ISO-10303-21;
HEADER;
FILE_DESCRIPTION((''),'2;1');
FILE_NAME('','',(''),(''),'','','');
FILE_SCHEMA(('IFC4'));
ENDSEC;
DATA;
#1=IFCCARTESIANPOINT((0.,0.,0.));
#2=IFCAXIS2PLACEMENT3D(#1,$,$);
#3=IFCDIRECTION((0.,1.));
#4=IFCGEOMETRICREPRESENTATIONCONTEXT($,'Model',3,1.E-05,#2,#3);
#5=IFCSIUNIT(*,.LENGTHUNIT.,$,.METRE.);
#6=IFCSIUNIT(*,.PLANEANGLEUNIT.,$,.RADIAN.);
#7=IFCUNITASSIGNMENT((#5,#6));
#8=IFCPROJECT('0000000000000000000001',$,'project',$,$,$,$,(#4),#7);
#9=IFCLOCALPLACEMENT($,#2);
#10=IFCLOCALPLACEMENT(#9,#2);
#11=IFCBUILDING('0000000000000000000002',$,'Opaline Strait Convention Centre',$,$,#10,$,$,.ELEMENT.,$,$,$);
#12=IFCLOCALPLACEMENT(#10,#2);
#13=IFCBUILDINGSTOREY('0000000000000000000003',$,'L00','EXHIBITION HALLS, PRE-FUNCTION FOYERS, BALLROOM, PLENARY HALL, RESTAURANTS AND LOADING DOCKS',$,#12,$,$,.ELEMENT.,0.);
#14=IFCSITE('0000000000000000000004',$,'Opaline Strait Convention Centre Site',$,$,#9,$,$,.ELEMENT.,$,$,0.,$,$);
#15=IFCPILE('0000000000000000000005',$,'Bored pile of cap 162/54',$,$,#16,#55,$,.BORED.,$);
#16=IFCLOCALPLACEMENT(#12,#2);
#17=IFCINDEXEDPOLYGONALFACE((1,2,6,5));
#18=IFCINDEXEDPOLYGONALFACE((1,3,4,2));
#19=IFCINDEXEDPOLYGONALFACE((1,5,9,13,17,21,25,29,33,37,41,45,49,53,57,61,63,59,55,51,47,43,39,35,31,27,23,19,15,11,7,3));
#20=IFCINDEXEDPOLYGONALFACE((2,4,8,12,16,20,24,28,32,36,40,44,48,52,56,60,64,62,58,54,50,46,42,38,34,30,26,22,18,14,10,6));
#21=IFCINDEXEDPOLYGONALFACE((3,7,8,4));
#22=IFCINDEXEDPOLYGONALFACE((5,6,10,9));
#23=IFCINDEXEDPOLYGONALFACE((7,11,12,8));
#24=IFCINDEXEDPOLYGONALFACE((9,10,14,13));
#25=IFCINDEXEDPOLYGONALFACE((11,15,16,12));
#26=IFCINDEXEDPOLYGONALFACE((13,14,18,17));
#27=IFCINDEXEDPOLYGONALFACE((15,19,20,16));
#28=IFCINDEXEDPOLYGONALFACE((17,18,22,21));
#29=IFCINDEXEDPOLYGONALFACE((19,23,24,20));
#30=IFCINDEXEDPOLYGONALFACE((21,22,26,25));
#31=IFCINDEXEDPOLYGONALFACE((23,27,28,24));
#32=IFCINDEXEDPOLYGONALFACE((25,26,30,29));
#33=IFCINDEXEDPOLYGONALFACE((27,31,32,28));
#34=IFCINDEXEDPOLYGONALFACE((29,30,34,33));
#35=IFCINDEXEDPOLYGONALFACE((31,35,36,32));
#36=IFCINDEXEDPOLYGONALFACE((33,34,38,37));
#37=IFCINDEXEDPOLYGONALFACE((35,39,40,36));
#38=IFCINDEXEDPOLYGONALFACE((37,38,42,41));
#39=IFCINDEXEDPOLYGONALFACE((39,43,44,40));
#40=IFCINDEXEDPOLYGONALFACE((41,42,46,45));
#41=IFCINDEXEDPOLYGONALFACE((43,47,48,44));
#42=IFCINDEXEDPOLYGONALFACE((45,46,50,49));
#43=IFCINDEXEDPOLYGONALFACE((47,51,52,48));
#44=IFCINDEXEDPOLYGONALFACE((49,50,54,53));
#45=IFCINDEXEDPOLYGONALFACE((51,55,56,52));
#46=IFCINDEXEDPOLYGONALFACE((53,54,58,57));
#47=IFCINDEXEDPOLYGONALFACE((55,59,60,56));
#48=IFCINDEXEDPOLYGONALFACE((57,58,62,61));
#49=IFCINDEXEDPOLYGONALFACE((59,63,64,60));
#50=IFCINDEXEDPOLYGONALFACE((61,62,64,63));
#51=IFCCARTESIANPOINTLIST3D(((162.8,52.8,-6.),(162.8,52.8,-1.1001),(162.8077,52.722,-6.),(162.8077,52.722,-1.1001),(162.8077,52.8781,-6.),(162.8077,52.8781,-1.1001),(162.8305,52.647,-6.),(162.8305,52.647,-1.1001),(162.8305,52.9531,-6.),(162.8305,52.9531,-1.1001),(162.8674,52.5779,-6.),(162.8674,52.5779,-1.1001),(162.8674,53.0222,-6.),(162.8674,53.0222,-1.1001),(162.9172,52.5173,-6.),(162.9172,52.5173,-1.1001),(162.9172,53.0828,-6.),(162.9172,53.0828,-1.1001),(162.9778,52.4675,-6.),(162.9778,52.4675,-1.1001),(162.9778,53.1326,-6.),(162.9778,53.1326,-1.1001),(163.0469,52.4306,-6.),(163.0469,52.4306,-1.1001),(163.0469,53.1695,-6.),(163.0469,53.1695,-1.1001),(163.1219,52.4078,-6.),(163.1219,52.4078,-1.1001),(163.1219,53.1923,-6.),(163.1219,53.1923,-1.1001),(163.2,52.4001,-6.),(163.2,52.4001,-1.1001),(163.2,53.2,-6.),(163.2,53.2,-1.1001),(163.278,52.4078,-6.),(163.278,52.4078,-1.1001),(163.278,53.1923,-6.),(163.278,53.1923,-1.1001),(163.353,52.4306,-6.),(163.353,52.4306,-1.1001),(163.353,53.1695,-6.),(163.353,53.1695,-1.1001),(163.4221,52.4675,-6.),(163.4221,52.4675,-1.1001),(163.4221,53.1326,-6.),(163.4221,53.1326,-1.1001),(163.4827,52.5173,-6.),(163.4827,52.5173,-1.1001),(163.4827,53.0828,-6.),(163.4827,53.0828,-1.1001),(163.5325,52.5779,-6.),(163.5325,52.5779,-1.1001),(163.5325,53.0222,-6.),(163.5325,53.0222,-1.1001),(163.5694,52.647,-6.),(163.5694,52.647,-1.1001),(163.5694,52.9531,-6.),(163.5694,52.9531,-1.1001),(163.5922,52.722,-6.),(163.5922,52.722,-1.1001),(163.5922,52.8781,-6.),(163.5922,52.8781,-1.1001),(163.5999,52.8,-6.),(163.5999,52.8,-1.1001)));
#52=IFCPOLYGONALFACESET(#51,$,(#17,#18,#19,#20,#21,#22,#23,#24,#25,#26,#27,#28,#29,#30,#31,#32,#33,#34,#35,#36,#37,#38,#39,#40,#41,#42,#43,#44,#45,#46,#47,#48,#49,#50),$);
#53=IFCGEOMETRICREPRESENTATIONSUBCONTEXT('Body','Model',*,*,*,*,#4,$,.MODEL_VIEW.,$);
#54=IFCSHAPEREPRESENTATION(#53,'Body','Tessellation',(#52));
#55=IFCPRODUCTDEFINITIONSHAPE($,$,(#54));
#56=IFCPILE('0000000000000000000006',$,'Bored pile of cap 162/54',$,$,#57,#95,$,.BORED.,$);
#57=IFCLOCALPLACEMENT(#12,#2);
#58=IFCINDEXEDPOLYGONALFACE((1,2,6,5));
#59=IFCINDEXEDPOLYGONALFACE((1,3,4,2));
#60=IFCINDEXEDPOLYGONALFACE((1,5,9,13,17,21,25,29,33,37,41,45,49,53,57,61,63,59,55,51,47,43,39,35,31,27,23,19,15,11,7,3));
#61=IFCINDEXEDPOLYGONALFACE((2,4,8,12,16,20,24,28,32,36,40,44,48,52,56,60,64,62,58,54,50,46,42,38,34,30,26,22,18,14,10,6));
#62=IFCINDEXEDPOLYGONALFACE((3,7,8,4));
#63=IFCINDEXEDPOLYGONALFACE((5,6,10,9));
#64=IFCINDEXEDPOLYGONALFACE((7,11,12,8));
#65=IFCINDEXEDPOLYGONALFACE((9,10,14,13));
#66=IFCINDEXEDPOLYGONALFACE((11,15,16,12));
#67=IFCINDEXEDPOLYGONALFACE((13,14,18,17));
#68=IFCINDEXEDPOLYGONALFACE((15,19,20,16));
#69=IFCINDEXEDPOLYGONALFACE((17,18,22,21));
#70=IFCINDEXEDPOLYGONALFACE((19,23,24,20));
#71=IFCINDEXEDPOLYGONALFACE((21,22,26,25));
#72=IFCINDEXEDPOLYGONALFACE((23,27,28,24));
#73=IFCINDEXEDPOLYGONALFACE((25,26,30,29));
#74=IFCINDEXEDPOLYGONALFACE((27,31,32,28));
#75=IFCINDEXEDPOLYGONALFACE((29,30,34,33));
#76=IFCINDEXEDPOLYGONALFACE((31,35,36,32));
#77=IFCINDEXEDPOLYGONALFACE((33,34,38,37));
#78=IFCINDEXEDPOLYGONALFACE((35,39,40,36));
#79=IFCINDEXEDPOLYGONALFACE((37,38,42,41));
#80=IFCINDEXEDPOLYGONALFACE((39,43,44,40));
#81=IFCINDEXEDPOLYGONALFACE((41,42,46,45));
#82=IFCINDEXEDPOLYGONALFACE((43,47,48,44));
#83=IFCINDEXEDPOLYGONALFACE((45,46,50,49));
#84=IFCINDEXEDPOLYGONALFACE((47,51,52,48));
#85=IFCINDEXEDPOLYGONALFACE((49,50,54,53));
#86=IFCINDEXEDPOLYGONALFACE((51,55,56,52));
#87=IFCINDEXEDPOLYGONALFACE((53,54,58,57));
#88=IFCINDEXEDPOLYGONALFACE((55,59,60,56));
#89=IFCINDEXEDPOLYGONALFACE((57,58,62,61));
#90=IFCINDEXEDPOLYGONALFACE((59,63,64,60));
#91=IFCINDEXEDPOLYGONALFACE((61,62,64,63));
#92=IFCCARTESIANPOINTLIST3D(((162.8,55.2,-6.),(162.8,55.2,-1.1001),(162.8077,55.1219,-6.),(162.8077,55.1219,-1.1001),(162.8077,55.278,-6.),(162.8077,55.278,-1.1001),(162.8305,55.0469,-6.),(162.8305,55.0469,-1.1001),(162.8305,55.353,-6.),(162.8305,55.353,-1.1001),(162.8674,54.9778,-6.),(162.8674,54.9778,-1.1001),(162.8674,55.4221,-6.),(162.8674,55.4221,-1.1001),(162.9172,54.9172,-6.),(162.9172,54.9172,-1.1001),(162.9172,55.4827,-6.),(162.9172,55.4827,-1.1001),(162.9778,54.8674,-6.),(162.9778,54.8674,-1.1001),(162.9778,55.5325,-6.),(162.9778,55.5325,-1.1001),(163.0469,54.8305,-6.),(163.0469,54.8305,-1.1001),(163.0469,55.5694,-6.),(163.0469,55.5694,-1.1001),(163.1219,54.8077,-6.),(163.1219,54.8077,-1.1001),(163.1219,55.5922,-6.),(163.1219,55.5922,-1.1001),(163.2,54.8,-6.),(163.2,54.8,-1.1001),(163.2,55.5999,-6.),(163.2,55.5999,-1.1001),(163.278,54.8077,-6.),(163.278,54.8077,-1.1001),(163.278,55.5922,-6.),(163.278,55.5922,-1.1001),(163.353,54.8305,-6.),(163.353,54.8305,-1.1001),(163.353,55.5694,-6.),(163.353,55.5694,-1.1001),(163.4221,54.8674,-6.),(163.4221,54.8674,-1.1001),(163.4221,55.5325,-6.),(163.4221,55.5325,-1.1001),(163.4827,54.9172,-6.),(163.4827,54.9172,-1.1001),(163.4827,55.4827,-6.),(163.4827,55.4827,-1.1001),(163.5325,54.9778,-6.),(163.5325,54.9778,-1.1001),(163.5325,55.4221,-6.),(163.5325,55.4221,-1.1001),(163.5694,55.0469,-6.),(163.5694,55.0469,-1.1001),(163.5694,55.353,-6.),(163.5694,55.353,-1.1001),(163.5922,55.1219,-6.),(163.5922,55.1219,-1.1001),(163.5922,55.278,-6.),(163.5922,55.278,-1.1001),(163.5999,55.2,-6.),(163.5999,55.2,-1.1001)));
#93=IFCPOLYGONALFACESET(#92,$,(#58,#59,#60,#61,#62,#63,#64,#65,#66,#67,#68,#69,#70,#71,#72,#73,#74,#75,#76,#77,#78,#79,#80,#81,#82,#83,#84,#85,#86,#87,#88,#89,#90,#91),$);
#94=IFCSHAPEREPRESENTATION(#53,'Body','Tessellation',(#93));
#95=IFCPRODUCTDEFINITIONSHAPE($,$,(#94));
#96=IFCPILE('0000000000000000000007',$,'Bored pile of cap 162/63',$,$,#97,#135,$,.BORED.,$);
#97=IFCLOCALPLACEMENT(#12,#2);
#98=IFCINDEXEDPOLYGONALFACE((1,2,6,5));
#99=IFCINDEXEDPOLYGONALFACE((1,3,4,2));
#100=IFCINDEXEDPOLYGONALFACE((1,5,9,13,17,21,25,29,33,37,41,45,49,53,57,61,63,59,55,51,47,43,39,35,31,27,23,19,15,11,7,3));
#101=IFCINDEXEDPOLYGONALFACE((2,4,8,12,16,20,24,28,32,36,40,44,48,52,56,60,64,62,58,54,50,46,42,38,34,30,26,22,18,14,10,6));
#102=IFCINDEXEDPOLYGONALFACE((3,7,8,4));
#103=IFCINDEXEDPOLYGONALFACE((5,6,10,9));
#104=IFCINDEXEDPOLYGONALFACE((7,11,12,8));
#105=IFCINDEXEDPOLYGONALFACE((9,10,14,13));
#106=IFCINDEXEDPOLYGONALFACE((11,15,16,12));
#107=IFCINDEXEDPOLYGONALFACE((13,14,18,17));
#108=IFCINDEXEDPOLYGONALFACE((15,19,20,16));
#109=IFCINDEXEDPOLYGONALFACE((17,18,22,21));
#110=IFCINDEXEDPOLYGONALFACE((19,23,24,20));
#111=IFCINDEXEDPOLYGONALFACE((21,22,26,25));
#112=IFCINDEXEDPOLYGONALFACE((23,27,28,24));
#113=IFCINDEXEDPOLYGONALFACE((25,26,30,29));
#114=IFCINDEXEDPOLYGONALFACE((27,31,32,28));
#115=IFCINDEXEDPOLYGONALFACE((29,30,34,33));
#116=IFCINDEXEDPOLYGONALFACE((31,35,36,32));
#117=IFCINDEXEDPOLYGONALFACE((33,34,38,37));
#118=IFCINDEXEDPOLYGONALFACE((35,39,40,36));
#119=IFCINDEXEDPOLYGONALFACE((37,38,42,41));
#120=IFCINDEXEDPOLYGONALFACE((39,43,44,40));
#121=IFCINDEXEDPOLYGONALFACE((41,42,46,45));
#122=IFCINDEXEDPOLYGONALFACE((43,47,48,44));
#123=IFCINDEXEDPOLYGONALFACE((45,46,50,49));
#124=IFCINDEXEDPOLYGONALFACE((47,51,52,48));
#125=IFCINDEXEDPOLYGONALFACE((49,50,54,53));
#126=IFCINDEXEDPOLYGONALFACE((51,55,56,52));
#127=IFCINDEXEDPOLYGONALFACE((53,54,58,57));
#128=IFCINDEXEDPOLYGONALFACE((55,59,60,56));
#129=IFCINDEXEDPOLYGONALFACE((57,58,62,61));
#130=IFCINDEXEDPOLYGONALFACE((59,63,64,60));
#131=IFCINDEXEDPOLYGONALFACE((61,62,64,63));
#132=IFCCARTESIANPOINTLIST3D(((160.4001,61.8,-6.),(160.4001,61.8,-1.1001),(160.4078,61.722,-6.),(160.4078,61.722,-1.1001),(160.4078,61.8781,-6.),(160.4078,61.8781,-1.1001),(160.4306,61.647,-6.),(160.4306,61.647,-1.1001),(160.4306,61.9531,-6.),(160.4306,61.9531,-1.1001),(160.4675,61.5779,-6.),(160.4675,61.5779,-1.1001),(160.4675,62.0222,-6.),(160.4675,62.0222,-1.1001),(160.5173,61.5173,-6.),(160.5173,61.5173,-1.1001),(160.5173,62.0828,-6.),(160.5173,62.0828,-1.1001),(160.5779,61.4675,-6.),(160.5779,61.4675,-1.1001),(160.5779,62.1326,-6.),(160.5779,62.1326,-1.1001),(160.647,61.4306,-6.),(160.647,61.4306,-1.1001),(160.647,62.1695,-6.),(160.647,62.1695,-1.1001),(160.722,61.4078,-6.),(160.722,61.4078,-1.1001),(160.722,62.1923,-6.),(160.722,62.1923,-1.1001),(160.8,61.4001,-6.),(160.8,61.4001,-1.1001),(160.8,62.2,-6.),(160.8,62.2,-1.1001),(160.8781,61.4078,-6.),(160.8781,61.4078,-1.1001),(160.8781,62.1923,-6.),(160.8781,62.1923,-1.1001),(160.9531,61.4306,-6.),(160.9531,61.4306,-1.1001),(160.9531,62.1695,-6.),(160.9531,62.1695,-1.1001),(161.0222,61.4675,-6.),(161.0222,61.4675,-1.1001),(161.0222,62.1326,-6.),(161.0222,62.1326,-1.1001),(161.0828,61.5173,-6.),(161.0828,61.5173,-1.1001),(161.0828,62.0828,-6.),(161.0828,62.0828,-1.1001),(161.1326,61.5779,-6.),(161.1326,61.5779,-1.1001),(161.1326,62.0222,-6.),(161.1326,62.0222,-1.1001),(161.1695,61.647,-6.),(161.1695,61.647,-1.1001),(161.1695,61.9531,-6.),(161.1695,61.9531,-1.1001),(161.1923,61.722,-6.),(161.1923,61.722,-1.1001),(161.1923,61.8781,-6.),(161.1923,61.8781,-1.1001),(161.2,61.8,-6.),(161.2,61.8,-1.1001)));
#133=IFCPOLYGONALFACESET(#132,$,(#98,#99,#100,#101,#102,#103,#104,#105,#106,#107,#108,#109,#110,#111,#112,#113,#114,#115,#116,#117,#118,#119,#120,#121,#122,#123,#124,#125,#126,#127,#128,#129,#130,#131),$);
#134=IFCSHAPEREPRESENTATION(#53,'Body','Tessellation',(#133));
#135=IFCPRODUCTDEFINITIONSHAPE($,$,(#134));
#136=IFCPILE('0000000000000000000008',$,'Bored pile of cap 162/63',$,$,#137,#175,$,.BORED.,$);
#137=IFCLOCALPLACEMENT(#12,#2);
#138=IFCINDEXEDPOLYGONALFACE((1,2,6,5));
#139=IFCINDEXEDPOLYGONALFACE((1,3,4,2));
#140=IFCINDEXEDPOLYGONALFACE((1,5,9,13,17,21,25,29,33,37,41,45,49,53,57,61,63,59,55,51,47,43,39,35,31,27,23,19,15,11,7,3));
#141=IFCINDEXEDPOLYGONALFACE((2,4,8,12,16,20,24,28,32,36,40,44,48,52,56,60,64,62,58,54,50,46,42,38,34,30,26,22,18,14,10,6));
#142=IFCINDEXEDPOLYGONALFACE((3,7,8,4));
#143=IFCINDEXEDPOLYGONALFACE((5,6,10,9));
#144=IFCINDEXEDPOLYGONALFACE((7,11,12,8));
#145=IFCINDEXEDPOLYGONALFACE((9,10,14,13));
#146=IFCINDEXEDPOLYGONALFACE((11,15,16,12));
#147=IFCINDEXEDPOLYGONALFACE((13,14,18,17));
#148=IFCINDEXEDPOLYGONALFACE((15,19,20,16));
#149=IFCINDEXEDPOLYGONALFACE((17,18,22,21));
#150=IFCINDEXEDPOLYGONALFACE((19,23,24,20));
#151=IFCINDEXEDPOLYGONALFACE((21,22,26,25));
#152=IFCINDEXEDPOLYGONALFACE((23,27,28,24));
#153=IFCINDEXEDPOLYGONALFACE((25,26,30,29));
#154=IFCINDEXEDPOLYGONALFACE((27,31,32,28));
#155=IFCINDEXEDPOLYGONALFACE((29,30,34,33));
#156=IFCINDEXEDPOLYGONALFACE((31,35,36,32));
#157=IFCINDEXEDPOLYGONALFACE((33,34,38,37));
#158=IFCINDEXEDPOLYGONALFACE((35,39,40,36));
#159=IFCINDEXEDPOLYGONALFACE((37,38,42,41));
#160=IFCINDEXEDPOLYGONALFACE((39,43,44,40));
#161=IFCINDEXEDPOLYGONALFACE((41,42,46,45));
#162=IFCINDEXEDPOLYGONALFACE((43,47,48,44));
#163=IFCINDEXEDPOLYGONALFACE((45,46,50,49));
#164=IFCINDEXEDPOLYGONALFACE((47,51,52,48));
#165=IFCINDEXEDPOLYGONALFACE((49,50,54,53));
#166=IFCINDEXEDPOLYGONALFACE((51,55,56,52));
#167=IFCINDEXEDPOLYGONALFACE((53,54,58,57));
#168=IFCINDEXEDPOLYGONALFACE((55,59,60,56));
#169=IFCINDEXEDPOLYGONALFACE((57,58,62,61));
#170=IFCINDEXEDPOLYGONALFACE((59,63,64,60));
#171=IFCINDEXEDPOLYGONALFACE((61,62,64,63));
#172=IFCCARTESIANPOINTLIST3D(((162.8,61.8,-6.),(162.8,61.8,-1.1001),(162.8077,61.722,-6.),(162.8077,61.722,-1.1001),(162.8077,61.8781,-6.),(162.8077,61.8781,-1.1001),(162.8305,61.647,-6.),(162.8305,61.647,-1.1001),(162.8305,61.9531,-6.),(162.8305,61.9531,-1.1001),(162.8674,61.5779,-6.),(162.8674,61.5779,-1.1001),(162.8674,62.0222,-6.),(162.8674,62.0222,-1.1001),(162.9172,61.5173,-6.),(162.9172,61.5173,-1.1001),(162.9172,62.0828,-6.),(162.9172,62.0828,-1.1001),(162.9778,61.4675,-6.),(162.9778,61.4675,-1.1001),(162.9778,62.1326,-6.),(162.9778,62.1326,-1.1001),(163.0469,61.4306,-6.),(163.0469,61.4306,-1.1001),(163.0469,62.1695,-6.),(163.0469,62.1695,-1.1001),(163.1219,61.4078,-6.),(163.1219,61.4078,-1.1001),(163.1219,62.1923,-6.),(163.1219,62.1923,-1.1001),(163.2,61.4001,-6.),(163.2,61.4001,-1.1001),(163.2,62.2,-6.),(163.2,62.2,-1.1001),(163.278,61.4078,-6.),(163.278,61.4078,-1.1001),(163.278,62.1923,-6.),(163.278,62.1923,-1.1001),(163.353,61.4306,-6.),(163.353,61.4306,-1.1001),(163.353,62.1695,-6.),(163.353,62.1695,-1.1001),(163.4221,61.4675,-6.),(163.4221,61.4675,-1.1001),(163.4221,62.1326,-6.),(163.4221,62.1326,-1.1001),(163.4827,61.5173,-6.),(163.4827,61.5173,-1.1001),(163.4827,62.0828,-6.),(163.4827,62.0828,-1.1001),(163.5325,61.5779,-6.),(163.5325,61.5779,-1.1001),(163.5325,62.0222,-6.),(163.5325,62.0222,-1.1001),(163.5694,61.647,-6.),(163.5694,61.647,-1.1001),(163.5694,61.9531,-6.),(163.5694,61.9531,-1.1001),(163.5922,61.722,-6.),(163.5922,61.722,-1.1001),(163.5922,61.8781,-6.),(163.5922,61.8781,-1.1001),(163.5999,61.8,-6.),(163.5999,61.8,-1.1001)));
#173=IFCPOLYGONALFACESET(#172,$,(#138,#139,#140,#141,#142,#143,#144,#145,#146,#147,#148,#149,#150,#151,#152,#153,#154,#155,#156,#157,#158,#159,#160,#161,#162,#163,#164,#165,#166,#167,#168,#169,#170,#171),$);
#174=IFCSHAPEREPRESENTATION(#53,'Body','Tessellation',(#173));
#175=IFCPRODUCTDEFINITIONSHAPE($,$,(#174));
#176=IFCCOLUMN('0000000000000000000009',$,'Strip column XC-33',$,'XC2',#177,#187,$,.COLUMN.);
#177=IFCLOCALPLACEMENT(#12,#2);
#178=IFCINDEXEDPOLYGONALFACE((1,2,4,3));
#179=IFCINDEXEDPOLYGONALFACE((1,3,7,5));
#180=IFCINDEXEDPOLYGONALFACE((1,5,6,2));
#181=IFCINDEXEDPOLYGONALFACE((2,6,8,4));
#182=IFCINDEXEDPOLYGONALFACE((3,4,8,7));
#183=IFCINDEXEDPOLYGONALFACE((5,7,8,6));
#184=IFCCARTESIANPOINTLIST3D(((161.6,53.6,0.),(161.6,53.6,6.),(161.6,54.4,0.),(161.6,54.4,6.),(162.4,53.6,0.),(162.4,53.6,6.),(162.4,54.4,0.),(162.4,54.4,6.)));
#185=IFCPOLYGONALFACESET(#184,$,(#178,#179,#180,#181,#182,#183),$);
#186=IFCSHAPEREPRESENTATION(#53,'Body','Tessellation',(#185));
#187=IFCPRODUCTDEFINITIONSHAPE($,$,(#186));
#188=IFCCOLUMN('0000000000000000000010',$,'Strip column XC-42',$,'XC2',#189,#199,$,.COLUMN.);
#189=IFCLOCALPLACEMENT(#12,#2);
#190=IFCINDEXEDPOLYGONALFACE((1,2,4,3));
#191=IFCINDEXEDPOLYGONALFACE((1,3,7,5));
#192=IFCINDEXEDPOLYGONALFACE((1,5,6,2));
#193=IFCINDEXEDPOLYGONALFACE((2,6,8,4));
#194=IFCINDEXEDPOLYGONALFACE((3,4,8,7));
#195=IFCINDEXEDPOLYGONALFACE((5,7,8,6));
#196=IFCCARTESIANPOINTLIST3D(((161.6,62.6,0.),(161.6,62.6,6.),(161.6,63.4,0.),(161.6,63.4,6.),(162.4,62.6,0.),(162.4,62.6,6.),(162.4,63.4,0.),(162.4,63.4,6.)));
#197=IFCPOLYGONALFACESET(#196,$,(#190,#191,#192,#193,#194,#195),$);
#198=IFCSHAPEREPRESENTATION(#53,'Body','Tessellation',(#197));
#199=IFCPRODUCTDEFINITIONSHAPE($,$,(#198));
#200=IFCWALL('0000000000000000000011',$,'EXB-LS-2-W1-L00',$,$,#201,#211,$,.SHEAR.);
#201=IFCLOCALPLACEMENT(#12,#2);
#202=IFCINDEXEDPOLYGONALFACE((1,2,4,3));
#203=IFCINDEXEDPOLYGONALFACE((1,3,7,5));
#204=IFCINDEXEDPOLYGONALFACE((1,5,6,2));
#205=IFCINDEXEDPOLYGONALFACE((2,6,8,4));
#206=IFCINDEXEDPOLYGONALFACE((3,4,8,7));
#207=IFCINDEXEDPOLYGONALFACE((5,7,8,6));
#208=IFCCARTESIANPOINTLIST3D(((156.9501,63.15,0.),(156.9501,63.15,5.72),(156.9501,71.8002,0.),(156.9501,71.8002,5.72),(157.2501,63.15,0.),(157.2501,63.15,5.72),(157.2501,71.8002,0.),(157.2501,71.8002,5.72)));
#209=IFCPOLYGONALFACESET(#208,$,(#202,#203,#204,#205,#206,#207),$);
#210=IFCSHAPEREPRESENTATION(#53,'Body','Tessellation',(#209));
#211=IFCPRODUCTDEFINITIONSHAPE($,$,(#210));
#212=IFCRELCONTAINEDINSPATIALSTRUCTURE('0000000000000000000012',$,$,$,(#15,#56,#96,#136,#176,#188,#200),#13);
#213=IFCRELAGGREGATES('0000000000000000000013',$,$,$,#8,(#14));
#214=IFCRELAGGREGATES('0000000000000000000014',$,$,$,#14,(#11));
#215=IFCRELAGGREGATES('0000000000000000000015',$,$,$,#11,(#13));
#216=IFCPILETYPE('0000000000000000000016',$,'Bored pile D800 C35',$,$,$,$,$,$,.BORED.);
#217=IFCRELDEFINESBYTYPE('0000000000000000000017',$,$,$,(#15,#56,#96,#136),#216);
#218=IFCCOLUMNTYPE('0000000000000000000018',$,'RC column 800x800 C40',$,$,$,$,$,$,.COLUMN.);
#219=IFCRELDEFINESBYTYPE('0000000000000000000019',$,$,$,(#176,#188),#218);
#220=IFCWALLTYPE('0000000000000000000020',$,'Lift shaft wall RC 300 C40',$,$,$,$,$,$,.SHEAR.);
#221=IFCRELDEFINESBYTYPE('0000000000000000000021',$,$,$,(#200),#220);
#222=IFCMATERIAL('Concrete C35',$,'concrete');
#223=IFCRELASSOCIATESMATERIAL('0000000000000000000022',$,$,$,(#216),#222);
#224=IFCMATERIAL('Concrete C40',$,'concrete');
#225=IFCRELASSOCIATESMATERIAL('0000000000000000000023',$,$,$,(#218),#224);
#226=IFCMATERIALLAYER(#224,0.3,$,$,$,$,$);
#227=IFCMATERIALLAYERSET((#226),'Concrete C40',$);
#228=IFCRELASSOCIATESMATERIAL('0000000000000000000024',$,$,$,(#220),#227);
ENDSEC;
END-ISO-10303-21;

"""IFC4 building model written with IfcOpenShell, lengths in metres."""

from ifc_helpers import new_model, si_unit, direction, frame, frame_2d, origin, origin_2d, place, context, subcontext, project, spatial, rectangle, circle, extrude, material, layer, layer_set, material_profile, profile_set, type_object, element, save


model = new_model("IFC4")

# Units and contexts
model_context = context("Model", 3, precision=1e-05, world=origin(), true_north=direction((0.0, 1.0)))
body_context = subcontext(model_context, "Body", "Model", "MODEL_VIEW")
ifc_project = project(units=[si_unit("LENGTHUNIT", "METRE"), si_unit("PLANEANGLEUNIT", "RADIAN")], contexts=[model_context])

# Site, building, storey
site_placement = place(None, origin())
site = spatial("IfcSite", under=ifc_project, at=site_placement, Name="Opaline Strait Convention Centre Site", CompositionType="ELEMENT", RefElevation=0.0)
building_placement = place(site_placement, origin())
building = spatial("IfcBuilding", under=site, at=building_placement, Name="Opaline Strait Convention Centre", CompositionType="ELEMENT")
storey_placement = place(building_placement, origin())
storey = spatial("IfcBuildingStorey", under=building, at=storey_placement, Name="L00", Description="EXHIBITION HALLS, PRE-FUNCTION FOYERS, BALLROOM, PLENARY HALL, RESTAURANTS AND LOADING DOCKS", CompositionType="ELEMENT", Elevation=0.0)

# Piles
ifc_material_1 = material(Name="Concrete C35", Category="concrete")
ifc_material_profile_1 = material_profile(ifc_material_1, circle(Radius=0.3999, at=origin_2d()), Name="D800")
ifc_profile_set_1 = profile_set([ifc_material_profile_1], Name="Concrete C35")
pile_type_1 = type_object("IfcPileType", Name="Bored pile D800 C35", PredefinedType="BORED", material=ifc_profile_set_1)
for number, where, z_axis, x_axis, name in (
    (1, (163.2, 52.8, -1.1001), (0.0, 0.0, -1.0), (1.0, 0.0, 0.0), "Bored pile of cap 162/54"),
    (2, (163.2, 55.2, -1.1001), (0.0, 0.0, -1.0), (1.0, 0.0, 0.0), "Bored pile of cap 162/54"),
    (3, (160.8, 61.8, -1.1001), (0.0, 0.0, -1.0), (1.0, 0.0, 0.0), "Bored pile of cap 162/63"),
    (4, (163.2, 61.8, -1.1001), (0.0, 0.0, -1.0), (1.0, 0.0, 0.0), "Bored pile of cap 162/63"),
):
    element("IfcPile", number, at=place(storey_placement, frame(where, z_axis=z_axis, x_axis=x_axis)), inside=storey, type_object=pile_type_1, Name=name, PredefinedType="BORED", context=body_context, shape_type="SweptSolid", body=[
        extrude(circle(Radius=0.3999, at=origin_2d()), origin(), (0.0, 0.0, 1.0), 4.8999),
    ])

# Columns
ifc_material_2 = material(Name="Concrete C40", Category="concrete")
ifc_material_profile_2 = material_profile(ifc_material_2, rectangle(XDim=0.8, YDim=0.8, at=origin_2d()), Name="RC 800x800")
ifc_profile_set_2 = profile_set([ifc_material_profile_2], Name="Concrete C40")
column_type = type_object("IfcColumnType", Name="RC column 800x800 C40", PredefinedType="COLUMN", material=ifc_profile_set_2)
for number, where, z_axis, x_axis, name in (
    (5, (162.0, 54.0, 0.0), (0.0, 0.0, 1.0), (1.0, 0.0, 0.0), "Strip column XC-33"),
    (6, (162.0, 63.0, 0.0), (0.0, 0.0, 1.0), (1.0, 0.0, 0.0), "Strip column XC-42"),
):
    element("IfcColumn", number, at=place(storey_placement, frame(where, z_axis=z_axis, x_axis=x_axis)), inside=storey, type_object=column_type, Name=name, ObjectType="XC2", PredefinedType="COLUMN", context=body_context, shape_type="SweptSolid", body=[
        extrude(rectangle(XDim=0.8, YDim=0.8, at=origin_2d()), origin(), (0.0, 0.0, 1.0), 6.0),
    ])

# Wall
ifc_layer_1 = layer(ifc_material_2, 0.3)
ifc_layer_set_1 = layer_set([ifc_layer_1], Name="Concrete C40")
wall_type_1 = type_object("IfcWallType", Name="Lift shaft wall RC 300 C40", PredefinedType="SHEAR", material=ifc_layer_set_1)
wall_1_placement = place(storey_placement, frame((157.1001, 63.1499, 0.0), z_axis=(0.0, 0.0, 1.0), x_axis=(0.0, 1.0, 0.0)))
element("IfcWall", 7, at=wall_1_placement, inside=storey, type_object=wall_type_1, Name="EXB-LS-2-W1-L00", PredefinedType="SHEAR", context=body_context, shape_type="SweptSolid", body=[
    extrude(rectangle(XDim=8.6501, YDim=0.3, at=frame_2d((4.3252, 0.0))), origin(), (0.0, 0.0, 1.0), 5.72),
])

save(model, "model.ifc")
